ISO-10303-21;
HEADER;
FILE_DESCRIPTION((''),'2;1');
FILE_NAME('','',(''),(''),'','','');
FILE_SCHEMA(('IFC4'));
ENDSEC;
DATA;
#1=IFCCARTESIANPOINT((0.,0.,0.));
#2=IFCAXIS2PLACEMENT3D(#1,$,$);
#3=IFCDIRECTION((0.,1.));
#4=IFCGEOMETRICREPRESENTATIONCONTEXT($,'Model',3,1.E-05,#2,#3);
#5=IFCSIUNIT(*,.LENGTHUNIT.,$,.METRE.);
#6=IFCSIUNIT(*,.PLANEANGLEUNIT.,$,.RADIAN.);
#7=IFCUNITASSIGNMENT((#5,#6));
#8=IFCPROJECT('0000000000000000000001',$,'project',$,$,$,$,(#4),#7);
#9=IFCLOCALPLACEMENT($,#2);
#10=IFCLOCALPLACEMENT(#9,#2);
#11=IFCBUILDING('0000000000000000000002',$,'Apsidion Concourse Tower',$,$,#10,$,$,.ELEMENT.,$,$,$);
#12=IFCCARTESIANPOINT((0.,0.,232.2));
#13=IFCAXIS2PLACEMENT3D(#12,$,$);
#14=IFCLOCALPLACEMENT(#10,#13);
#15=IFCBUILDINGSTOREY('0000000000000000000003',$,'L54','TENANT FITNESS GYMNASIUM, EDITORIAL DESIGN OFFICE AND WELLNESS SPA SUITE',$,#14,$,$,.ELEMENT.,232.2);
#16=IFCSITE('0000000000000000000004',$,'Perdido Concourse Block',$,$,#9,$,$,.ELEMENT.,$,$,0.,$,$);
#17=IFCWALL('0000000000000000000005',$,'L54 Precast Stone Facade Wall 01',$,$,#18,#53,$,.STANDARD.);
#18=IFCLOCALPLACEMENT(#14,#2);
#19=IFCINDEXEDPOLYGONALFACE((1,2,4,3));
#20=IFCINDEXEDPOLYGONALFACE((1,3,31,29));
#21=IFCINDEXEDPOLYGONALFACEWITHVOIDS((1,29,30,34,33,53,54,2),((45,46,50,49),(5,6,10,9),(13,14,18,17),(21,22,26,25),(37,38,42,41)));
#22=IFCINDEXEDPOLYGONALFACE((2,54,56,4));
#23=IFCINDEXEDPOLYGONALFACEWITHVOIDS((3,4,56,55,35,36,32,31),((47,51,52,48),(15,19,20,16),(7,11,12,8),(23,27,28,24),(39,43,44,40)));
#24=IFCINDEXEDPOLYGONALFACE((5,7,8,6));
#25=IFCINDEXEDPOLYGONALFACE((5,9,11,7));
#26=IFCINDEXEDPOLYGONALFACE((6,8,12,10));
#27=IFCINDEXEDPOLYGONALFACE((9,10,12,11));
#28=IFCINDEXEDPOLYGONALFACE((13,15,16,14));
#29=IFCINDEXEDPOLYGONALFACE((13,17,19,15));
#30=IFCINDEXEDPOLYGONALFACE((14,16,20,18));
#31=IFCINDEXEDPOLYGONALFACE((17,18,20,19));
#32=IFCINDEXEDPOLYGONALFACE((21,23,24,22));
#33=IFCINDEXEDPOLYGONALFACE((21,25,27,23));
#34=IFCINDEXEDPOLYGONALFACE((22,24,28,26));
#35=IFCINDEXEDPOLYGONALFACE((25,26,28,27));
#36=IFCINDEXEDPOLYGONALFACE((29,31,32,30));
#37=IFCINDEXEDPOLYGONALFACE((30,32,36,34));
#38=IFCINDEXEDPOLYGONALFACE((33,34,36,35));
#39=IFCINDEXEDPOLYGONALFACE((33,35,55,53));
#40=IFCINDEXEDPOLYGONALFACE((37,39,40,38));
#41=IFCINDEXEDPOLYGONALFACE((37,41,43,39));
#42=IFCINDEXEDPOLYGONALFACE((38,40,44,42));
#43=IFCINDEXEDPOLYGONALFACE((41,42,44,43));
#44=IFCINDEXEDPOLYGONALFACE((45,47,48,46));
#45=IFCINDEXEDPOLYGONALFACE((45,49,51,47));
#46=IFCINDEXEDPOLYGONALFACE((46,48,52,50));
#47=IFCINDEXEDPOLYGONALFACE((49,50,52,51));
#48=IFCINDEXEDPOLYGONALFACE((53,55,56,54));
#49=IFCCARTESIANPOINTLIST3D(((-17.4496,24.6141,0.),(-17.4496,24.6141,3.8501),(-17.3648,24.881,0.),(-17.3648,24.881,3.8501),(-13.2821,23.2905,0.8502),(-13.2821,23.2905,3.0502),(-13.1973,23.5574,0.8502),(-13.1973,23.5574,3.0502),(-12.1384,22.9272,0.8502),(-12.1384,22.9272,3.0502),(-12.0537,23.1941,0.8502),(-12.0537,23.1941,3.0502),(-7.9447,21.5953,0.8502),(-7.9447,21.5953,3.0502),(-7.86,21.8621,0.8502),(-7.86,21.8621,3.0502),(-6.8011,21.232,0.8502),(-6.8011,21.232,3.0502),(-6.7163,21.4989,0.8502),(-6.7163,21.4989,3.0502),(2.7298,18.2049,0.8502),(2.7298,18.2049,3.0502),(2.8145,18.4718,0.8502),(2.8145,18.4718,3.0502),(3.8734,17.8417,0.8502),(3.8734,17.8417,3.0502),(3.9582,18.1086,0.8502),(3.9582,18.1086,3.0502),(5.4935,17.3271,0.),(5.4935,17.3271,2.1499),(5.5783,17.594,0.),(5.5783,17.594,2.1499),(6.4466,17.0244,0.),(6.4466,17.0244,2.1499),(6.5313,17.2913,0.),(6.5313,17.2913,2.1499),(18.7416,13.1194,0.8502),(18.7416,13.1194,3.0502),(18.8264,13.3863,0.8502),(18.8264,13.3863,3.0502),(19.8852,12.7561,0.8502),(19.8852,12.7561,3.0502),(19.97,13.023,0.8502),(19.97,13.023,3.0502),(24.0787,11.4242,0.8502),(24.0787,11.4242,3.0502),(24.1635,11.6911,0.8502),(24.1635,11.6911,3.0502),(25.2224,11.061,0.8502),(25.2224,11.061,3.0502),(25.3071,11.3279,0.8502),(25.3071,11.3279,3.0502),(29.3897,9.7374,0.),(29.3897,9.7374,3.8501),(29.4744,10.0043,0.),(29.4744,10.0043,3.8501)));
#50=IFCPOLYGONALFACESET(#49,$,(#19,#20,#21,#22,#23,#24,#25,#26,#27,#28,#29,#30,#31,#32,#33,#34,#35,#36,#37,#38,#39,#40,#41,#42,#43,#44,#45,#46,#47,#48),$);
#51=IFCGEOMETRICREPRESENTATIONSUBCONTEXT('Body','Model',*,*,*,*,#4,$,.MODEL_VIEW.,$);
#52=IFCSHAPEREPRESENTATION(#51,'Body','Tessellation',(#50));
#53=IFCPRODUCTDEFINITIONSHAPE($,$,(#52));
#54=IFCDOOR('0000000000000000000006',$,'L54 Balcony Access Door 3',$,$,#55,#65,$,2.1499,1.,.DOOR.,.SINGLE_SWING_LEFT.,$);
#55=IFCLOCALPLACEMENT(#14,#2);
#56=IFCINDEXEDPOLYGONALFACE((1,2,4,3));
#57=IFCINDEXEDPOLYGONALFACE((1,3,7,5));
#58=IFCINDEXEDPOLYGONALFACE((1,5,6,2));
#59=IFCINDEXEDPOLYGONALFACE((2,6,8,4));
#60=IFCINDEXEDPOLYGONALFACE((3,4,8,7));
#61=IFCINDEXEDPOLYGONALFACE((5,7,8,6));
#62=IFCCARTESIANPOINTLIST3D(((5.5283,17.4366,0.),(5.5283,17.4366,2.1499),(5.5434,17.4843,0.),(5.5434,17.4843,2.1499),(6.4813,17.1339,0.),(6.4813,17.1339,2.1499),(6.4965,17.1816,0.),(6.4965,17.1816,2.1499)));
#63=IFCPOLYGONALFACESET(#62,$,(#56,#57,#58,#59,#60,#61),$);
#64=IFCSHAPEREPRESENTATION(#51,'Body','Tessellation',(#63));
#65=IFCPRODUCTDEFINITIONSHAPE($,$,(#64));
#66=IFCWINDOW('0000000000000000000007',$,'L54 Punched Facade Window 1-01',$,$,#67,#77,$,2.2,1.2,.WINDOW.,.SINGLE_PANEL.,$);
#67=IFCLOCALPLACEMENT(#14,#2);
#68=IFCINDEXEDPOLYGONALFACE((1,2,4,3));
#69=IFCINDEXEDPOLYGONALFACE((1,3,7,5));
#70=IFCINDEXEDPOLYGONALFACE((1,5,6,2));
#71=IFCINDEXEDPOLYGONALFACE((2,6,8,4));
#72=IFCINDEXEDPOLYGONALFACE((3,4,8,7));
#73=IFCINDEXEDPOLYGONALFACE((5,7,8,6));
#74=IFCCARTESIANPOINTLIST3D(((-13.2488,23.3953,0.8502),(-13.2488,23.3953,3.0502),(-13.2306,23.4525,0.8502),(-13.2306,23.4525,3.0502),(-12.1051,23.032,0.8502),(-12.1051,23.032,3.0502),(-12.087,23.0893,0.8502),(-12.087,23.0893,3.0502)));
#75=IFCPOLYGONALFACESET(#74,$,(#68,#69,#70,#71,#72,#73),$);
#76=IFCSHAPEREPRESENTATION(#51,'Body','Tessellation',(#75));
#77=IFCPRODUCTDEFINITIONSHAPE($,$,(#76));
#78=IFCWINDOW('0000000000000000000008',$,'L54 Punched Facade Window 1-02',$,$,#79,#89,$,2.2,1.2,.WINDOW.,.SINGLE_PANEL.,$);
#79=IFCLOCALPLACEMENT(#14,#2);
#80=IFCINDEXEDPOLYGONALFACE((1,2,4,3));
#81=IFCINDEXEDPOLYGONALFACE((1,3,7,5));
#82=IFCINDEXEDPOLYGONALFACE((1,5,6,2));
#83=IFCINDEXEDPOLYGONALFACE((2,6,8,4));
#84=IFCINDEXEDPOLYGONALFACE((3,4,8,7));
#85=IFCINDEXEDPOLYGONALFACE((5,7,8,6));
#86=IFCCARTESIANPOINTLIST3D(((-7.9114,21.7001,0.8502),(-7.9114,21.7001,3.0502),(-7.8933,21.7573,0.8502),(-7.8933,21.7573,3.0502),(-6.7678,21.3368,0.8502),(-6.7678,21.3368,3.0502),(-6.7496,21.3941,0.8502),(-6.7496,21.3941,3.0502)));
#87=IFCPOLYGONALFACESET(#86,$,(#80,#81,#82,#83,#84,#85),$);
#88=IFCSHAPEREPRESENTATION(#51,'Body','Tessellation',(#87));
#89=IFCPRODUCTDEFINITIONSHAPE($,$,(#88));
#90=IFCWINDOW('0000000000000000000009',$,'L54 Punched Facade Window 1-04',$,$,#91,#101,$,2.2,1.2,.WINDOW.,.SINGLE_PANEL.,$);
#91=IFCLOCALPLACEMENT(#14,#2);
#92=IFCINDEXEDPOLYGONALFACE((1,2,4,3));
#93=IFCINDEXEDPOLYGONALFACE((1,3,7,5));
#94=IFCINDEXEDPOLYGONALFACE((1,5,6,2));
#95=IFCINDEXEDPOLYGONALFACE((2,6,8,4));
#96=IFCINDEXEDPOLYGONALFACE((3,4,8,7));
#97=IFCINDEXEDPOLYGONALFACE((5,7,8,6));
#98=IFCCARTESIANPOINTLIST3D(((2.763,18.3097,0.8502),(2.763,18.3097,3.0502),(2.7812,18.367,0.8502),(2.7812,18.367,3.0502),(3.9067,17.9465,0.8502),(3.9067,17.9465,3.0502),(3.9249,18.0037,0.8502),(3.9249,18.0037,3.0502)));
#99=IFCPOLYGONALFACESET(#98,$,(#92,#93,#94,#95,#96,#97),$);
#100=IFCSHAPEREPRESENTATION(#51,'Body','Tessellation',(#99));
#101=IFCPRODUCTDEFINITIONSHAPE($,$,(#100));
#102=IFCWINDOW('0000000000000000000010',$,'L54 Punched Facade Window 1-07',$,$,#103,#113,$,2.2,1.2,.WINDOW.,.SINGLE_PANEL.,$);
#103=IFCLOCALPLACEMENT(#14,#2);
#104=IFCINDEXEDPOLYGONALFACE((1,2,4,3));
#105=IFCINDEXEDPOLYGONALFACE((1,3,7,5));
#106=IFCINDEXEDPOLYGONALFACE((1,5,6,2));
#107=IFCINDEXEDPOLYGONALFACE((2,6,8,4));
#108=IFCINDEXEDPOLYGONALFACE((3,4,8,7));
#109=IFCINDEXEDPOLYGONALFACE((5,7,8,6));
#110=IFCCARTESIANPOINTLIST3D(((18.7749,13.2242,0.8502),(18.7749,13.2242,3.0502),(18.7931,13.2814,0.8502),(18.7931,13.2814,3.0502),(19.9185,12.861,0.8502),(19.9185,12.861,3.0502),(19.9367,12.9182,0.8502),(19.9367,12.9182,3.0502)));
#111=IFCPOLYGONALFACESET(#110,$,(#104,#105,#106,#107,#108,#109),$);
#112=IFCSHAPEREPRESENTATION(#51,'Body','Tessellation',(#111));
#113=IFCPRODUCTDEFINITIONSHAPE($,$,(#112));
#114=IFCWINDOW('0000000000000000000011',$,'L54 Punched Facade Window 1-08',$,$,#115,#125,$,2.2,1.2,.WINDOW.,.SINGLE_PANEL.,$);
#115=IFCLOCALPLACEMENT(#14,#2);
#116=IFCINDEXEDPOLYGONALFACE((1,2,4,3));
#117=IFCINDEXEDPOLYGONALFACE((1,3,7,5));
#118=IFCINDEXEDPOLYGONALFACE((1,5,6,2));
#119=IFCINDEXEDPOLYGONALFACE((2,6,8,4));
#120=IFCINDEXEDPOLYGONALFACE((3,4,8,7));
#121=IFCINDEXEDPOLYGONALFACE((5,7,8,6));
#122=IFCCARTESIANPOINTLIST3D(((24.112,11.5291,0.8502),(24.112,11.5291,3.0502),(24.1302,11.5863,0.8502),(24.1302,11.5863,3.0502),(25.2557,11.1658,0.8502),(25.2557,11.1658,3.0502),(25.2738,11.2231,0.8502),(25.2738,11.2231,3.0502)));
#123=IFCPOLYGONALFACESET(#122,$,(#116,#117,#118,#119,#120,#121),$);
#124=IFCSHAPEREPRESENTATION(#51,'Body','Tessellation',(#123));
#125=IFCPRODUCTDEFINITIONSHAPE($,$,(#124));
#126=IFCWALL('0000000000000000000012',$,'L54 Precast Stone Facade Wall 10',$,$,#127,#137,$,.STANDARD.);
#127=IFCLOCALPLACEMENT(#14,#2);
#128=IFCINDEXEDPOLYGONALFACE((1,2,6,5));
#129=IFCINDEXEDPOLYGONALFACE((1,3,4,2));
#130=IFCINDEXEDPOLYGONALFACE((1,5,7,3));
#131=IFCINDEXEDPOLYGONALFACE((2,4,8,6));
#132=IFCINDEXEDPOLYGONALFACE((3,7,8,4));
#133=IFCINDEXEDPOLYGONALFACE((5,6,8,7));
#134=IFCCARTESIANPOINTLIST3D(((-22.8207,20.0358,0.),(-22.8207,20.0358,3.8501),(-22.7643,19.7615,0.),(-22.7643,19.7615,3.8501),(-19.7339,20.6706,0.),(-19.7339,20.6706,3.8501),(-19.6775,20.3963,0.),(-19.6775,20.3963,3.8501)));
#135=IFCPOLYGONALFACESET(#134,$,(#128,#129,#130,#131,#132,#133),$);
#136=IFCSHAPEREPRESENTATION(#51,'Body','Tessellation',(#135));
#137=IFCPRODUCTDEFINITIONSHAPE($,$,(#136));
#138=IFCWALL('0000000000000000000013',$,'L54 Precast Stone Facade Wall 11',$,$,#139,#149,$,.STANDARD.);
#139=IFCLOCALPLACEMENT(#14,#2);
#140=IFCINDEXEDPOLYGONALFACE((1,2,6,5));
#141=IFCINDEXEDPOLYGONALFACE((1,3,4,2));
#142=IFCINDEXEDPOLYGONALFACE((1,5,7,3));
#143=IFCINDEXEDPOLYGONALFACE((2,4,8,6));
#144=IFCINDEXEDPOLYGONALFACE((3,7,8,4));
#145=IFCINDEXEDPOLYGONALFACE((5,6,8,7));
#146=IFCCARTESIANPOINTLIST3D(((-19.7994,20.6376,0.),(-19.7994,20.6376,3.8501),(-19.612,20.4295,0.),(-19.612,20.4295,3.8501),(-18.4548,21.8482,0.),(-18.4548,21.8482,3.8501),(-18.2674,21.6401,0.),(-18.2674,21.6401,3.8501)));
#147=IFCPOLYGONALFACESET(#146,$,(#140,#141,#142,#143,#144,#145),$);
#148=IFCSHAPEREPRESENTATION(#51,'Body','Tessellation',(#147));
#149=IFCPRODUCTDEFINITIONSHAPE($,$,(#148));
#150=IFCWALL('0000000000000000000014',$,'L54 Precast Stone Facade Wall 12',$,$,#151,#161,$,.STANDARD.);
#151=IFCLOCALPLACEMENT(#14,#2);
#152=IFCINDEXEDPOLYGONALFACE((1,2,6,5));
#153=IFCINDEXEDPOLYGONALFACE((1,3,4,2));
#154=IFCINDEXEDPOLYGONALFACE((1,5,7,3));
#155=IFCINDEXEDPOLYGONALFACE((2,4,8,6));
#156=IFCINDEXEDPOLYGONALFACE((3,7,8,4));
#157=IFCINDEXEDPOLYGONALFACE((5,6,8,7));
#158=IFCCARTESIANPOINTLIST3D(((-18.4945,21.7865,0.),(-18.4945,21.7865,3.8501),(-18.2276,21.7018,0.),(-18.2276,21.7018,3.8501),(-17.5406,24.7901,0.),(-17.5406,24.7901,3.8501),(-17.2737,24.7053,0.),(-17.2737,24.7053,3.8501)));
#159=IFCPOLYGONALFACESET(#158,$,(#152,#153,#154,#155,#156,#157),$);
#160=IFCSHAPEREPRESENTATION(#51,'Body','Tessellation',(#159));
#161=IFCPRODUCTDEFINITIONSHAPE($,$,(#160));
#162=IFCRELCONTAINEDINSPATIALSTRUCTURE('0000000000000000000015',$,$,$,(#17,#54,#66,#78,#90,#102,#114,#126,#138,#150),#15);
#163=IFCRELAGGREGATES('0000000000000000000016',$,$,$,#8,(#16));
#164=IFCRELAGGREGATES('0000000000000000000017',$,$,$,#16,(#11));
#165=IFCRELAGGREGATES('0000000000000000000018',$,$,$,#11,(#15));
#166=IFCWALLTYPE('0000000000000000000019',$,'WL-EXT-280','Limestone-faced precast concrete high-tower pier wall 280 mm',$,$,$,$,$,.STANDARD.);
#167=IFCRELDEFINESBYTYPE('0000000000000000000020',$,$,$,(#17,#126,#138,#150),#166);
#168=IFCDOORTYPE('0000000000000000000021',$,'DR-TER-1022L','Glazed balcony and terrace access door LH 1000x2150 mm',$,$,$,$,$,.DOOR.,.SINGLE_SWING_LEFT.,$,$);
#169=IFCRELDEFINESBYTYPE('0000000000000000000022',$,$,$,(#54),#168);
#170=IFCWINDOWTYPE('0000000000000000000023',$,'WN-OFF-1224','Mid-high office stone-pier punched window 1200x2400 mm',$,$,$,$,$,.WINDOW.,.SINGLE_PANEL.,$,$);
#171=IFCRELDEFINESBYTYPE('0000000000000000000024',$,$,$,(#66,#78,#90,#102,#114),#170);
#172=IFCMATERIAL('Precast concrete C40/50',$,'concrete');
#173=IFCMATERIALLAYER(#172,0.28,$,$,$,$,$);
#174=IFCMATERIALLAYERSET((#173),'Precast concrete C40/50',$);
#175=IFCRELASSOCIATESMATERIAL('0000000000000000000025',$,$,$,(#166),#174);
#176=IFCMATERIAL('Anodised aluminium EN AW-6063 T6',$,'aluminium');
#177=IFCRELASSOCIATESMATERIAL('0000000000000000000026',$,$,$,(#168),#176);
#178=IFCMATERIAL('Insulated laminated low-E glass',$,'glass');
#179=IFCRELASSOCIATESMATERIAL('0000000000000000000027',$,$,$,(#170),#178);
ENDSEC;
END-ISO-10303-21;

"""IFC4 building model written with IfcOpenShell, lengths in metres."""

from ifc_helpers import new_model, si_unit, direction, frame, frame_2d, origin, place, context, subcontext, project, spatial, rectangle, extrude, material, layer, layer_set, type_object, element, fill, save


model = new_model("IFC4")

# Units and contexts
model_context = context("Model", 3, precision=1e-05, world=origin(), true_north=direction((0.0, 1.0)))
body_context = subcontext(model_context, "Body", "Model", "MODEL_VIEW")
ifc_project = project(units=[si_unit("LENGTHUNIT", "METRE"), si_unit("PLANEANGLEUNIT", "RADIAN")], contexts=[model_context])

# Site, building, storey
site_placement = place(None, origin())
site = spatial("IfcSite", under=ifc_project, at=site_placement, Name="Perdido Concourse Block", CompositionType="ELEMENT", RefElevation=0.0)
building_placement = place(site_placement, origin())
building = spatial("IfcBuilding", under=site, at=building_placement, Name="Apsidion Concourse Tower", CompositionType="ELEMENT")
storey_placement = place(building_placement, frame((0.0, 0.0, 232.2)))
storey = spatial("IfcBuildingStorey", under=building, at=storey_placement, Name="L54", Description="TENANT FITNESS GYMNASIUM, EDITORIAL DESIGN OFFICE AND WELLNESS SPA SUITE", CompositionType="ELEMENT", Elevation=232.2)

# Wall, openings, door, windows
ifc_material_1 = material(Name="Precast concrete C40/50", Category="concrete")
ifc_layer = layer(ifc_material_1, 0.28)
ifc_layer_set = layer_set([ifc_layer], Name="Precast concrete C40/50")
wall_type = type_object("IfcWallType", Name="WL-EXT-280", Description="Limestone-faced precast concrete high-tower pier wall 280 mm", PredefinedType="STANDARD", material=ifc_layer_set)
wall_1_placement = place(storey_placement, frame((-17.4072, 24.7476, 0.0), z_axis=(0.0, 0.0, 1.0), x_axis=(0.953083, -0.30271, 0.0)))
wall_1 = element("IfcWall", 1, at=wall_1_placement, inside=storey, type_object=wall_type, Name="L54 Precast Stone Facade Wall 01", PredefinedType="STANDARD", context=body_context, shape_type="SweptSolid", body=[
    extrude(rectangle(XDim=49.145, YDim=0.28, at=frame_2d((24.5725, 0.0))), origin(), (0.0, 0.0, 1.0), 3.8501),
])
opening_1_placement = place(wall_1_placement, frame((24.0725, 0.0, 0.0)))
opening_1 = element("IfcOpeningElement", 2, at=opening_1_placement, cuts=wall_1, PredefinedType="OPENING", context=body_context, shape_type="SweptSolid", body=[
    extrude(rectangle(XDim=1.0, YDim=2.1499, at=frame_2d((0.5, 1.075))), frame((0.0, 0.1499, 0.0), z_axis=(0.0, -1.0, 0.0), x_axis=(1.0, 0.0, 0.0)), (0.0, 0.0, 1.0), 0.3),
])
opening_2_placement = place(wall_1_placement, frame((4.3726, 0.0, 0.8501)))
opening_2 = element("IfcOpeningElement", 3, at=opening_2_placement, cuts=wall_1, PredefinedType="OPENING", context=body_context, shape_type="SweptSolid", body=[
    extrude(rectangle(XDim=1.2, YDim=2.2, at=frame_2d((0.6001, 1.1001))), frame((0.0, 0.1499, 0.0), z_axis=(0.0, -1.0, 0.0), x_axis=(1.0, 0.0, 0.0)), (0.0, 0.0, 1.0), 0.3),
])
opening_3_placement = place(wall_1_placement, frame((9.9727, 0.0, 0.8501)))
opening_3 = element("IfcOpeningElement", 4, at=opening_3_placement, cuts=wall_1, PredefinedType="OPENING", context=body_context, shape_type="SweptSolid", body=[
    extrude(rectangle(XDim=1.2, YDim=2.2, at=frame_2d((0.6001, 1.1001))), frame((0.0, 0.1499, 0.0), z_axis=(0.0, -1.0, 0.0), x_axis=(1.0, 0.0, 0.0)), (0.0, 0.0, 1.0), 0.3),
])
opening_4_placement = place(wall_1_placement, frame((21.1726, 0.0, 0.8501)))
opening_4 = element("IfcOpeningElement", 5, at=opening_4_placement, cuts=wall_1, PredefinedType="OPENING", context=body_context, shape_type="SweptSolid", body=[
    extrude(rectangle(XDim=1.2, YDim=2.2, at=frame_2d((0.6001, 1.1001))), frame((0.0, 0.1499, 0.0), z_axis=(0.0, -1.0, 0.0), x_axis=(1.0, 0.0, 0.0)), (0.0, 0.0, 1.0), 0.3),
])
opening_5_placement = place(wall_1_placement, frame((37.9727, 0.0, 0.8501)))
opening_5 = element("IfcOpeningElement", 6, at=opening_5_placement, cuts=wall_1, PredefinedType="OPENING", context=body_context, shape_type="SweptSolid", body=[
    extrude(rectangle(XDim=1.2, YDim=2.2, at=frame_2d((0.6001, 1.1001))), frame((0.0, 0.1499, 0.0), z_axis=(0.0, -1.0, 0.0), x_axis=(1.0, 0.0, 0.0)), (0.0, 0.0, 1.0), 0.3),
])
opening_6_placement = place(wall_1_placement, frame((43.5725, 0.0, 0.8501)))
opening_6 = element("IfcOpeningElement", 7, at=opening_6_placement, cuts=wall_1, PredefinedType="OPENING", context=body_context, shape_type="SweptSolid", body=[
    extrude(rectangle(XDim=1.2, YDim=2.2, at=frame_2d((0.6001, 1.1001))), frame((0.0, 0.1499, 0.0), z_axis=(0.0, -1.0, 0.0), x_axis=(1.0, 0.0, 0.0)), (0.0, 0.0, 1.0), 0.3),
])
ifc_material_2 = material(Name="Anodised aluminium EN AW-6063 T6", Category="aluminium")
door_type = type_object("IfcDoorType", Name="DR-TER-1022L", Description="Glazed balcony and terrace access door LH 1000x2150 mm", OperationType="SINGLE_SWING_LEFT", PredefinedType="DOOR", material=ifc_material_2)
door_placement = place(opening_1_placement, origin())
door = element("IfcDoor", 8, at=door_placement, inside=storey, type_object=door_type, Name="L54 Balcony Access Door 3", OperationType="SINGLE_SWING_LEFT", OverallHeight=2.1499, OverallWidth=1.0, PredefinedType="DOOR", context=body_context, shape_type="SweptSolid", body=[
    extrude(rectangle(XDim=1.0, YDim=2.1499, at=frame_2d((0.5, 1.075))), frame((0.0, 0.0249, 0.0), z_axis=(0.0, -1.0, 0.0), x_axis=(1.0, 0.0, 0.0)), (0.0, 0.0, 1.0), 0.05),
])
fill(opening_1, door)
ifc_material_3 = material(Name="Insulated laminated low-E glass", Category="glass")
window_type = type_object("IfcWindowType", Name="WN-OFF-1224", Description="Mid-high office stone-pier punched window 1200x2400 mm", PartitioningType="SINGLE_PANEL", PredefinedType="WINDOW", material=ifc_material_3)
window_1_placement = place(opening_2_placement, origin())
window_1 = element("IfcWindow", 9, at=window_1_placement, inside=storey, type_object=window_type, Name="L54 Punched Facade Window 1-01", OverallHeight=2.2, OverallWidth=1.2, PartitioningType="SINGLE_PANEL", PredefinedType="WINDOW", context=body_context, shape_type="SweptSolid", body=[
    extrude(rectangle(XDim=1.2, YDim=2.2, at=frame_2d((0.6001, 1.1001))), frame((0.0, 0.03, 0.0), z_axis=(0.0, -1.0, 0.0), x_axis=(1.0, 0.0, 0.0)), (0.0, 0.0, 1.0), 0.0601),
])
fill(opening_2, window_1)
window_2_placement = place(opening_3_placement, origin())
window_2 = element("IfcWindow", 10, at=window_2_placement, inside=storey, type_object=window_type, Name="L54 Punched Facade Window 1-02", OverallHeight=2.2, OverallWidth=1.2, PartitioningType="SINGLE_PANEL", PredefinedType="WINDOW", context=body_context, shape_type="SweptSolid", body=[
    extrude(rectangle(XDim=1.2, YDim=2.2, at=frame_2d((0.6001, 1.1001))), frame((0.0, 0.03, 0.0), z_axis=(0.0, -1.0, 0.0), x_axis=(1.0, 0.0, 0.0)), (0.0, 0.0, 1.0), 0.0601),
])
fill(opening_3, window_2)
window_3_placement = place(opening_4_placement, origin())
window_3 = element("IfcWindow", 11, at=window_3_placement, inside=storey, type_object=window_type, Name="L54 Punched Facade Window 1-04", OverallHeight=2.2, OverallWidth=1.2, PartitioningType="SINGLE_PANEL", PredefinedType="WINDOW", context=body_context, shape_type="SweptSolid", body=[
    extrude(rectangle(XDim=1.2, YDim=2.2, at=frame_2d((0.6001, 1.1001))), frame((0.0, 0.03, 0.0), z_axis=(0.0, -1.0, 0.0), x_axis=(1.0, 0.0, 0.0)), (0.0, 0.0, 1.0), 0.0601),
])
fill(opening_4, window_3)
window_4_placement = place(opening_5_placement, origin())
window_4 = element("IfcWindow", 12, at=window_4_placement, inside=storey, type_object=window_type, Name="L54 Punched Facade Window 1-07", OverallHeight=2.2, OverallWidth=1.2, PartitioningType="SINGLE_PANEL", PredefinedType="WINDOW", context=body_context, shape_type="SweptSolid", body=[
    extrude(rectangle(XDim=1.2, YDim=2.2, at=frame_2d((0.6001, 1.1001))), frame((0.0, 0.03, 0.0), z_axis=(0.0, -1.0, 0.0), x_axis=(1.0, 0.0, 0.0)), (0.0, 0.0, 1.0), 0.0601),
])
fill(opening_5, window_4)
window_5_placement = place(opening_6_placement, origin())
window_5 = element("IfcWindow", 13, at=window_5_placement, inside=storey, type_object=window_type, Name="L54 Punched Facade Window 1-08", OverallHeight=2.2, OverallWidth=1.2, PartitioningType="SINGLE_PANEL", PredefinedType="WINDOW", context=body_context, shape_type="SweptSolid", body=[
    extrude(rectangle(XDim=1.2, YDim=2.2, at=frame_2d((0.6001, 1.1001))), frame((0.0, 0.03, 0.0), z_axis=(0.0, -1.0, 0.0), x_axis=(1.0, 0.0, 0.0)), (0.0, 0.0, 1.0), 0.0601),
])
fill(opening_6, window_5)

# Walls
wall_2_placement = place(storey_placement, frame((-22.7925, 19.8987, 0.0), z_axis=(0.0, 0.0, 1.0), x_axis=(0.979502, 0.201432, 0.0)))
element("IfcWall", 14, at=wall_2_placement, inside=storey, type_object=wall_type, Name="L54 Precast Stone Facade Wall 10", PredefinedType="STANDARD", context=body_context, shape_type="SweptSolid", body=[
    extrude(rectangle(XDim=3.1514, YDim=0.28, at=frame_2d((1.5757, 0.0))), origin(), (0.0, 0.0, 1.0), 3.8501),
])
wall_3_placement = place(storey_placement, frame((-19.7058, 20.5334, 0.0), z_axis=(0.0, 0.0, 1.0), x_axis=(0.743173, 0.669099, 0.0)))
element("IfcWall", 15, at=wall_3_placement, inside=storey, type_object=wall_type, Name="L54 Precast Stone Facade Wall 11", PredefinedType="STANDARD", context=body_context, shape_type="SweptSolid", body=[
    extrude(rectangle(XDim=1.8093, YDim=0.28, at=frame_2d((0.9048, 0.0))), origin(), (0.0, 0.0, 1.0), 3.8501),
])
wall_4_placement = place(storey_placement, frame((-18.3611, 21.7441, 0.0), z_axis=(0.0, 0.0, 1.0), x_axis=(0.302692, 0.953088, 0.0)))
element("IfcWall", 16, at=wall_4_placement, inside=storey, type_object=wall_type, Name="L54 Precast Stone Facade Wall 12", PredefinedType="STANDARD", context=body_context, shape_type="SweptSolid", body=[
    extrude(rectangle(XDim=3.1514, YDim=0.28, at=frame_2d((1.5757, 0.0))), origin(), (0.0, 0.0, 1.0), 3.8501),
])

save(model, "model.ifc")
